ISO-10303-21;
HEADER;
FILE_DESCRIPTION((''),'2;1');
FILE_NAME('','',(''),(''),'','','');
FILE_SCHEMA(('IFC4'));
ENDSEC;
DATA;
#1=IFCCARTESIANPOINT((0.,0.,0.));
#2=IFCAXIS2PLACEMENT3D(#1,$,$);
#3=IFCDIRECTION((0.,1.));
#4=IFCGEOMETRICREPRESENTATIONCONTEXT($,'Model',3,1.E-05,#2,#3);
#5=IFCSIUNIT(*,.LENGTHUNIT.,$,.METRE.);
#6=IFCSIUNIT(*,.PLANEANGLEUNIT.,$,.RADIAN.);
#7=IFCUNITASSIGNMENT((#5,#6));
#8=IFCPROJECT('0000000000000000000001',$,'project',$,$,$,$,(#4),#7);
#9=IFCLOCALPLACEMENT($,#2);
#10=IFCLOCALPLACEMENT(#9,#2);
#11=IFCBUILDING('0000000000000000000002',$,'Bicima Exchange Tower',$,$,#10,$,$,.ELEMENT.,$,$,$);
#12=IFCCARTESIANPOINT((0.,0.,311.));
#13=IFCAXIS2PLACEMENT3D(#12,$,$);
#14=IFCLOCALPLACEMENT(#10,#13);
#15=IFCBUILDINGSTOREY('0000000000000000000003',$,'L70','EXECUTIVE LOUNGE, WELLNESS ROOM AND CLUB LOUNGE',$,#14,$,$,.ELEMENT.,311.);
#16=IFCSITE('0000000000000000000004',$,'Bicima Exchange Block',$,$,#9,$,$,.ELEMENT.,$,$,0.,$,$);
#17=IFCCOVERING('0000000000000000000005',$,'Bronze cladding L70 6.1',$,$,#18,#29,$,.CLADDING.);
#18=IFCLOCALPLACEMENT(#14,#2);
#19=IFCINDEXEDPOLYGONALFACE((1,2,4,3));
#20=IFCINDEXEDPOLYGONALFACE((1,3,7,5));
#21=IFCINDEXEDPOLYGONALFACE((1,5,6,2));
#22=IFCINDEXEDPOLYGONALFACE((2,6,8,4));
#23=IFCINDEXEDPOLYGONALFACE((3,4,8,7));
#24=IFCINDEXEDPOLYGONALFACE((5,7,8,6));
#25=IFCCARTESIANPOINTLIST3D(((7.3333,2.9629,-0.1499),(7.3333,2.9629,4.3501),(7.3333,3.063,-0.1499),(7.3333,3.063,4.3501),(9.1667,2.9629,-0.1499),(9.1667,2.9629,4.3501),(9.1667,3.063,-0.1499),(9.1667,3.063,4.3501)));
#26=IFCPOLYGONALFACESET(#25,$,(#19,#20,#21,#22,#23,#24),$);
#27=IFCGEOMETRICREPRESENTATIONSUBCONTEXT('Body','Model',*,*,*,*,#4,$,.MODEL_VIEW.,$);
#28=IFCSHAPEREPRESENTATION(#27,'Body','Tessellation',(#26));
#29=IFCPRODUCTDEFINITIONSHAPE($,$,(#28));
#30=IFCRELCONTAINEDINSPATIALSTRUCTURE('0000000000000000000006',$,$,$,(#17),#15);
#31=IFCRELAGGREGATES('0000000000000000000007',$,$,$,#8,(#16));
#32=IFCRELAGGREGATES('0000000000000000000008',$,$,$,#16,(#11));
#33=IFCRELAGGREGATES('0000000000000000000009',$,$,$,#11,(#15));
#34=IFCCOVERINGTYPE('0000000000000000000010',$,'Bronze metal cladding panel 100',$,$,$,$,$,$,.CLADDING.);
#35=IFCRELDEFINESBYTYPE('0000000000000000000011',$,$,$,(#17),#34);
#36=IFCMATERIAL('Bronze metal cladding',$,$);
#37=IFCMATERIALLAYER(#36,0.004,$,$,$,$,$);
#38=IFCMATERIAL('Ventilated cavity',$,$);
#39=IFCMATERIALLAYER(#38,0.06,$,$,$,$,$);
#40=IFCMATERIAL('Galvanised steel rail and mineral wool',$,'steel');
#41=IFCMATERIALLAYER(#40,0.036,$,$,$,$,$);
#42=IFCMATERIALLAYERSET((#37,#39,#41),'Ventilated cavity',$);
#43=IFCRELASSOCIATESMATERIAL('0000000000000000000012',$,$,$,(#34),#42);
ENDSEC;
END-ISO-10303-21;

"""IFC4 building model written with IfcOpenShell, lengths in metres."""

from ifc_helpers import new_model, si_unit, direction, frame, origin, origin_2d, place, context, subcontext, project, spatial, rectangle, extrude, material, layer, layer_set, type_object, element, save


model = new_model("IFC4")

# Units and contexts
model_context = context("Model", 3, precision=1e-05, world=origin(), true_north=direction((0.0, 1.0)))
body_context = subcontext(model_context, "Body", "Model", "MODEL_VIEW")
ifc_project = project(units=[si_unit("LENGTHUNIT", "METRE"), si_unit("PLANEANGLEUNIT", "RADIAN")], contexts=[model_context])

# Site, building, storey
site_placement = place(None, origin())
site = spatial("IfcSite", under=ifc_project, at=site_placement, Name="Bicima Exchange Block", CompositionType="ELEMENT", RefElevation=0.0)
building_placement = place(site_placement, origin())
building = spatial("IfcBuilding", under=site, at=building_placement, Name="Bicima Exchange Tower", CompositionType="ELEMENT")
storey_placement = place(building_placement, frame((0.0, 0.0, 311.0)))
storey = spatial("IfcBuildingStorey", under=building, at=storey_placement, Name="L70", Description="EXECUTIVE LOUNGE, WELLNESS ROOM AND CLUB LOUNGE", CompositionType="ELEMENT", Elevation=311.0)

# Covering
ifc_material_1 = material(Name="Bronze metal cladding")
ifc_layer_1 = layer(ifc_material_1, 0.004)
ifc_material_2 = material(Name="Ventilated cavity")
ifc_layer_2 = layer(ifc_material_2, 0.06)
ifc_material_3 = material(Name="Galvanised steel rail and mineral wool", Category="steel")
ifc_layer_3 = layer(ifc_material_3, 0.036)
ifc_layer_set_1 = layer_set([ifc_layer_1, ifc_layer_2, ifc_layer_3], Name="Ventilated cavity")
covering_type = type_object("IfcCoveringType", Name="Bronze metal cladding panel 100", PredefinedType="CLADDING", material=ifc_layer_set_1)
covering_1_placement = place(storey_placement, frame((8.25, 3.0129, -0.1499), z_axis=(0.0, 0.0, 1.0), x_axis=(-1.0, 0.0, 0.0)))
element("IfcCovering", 1, at=covering_1_placement, inside=storey, type_object=covering_type, Name="Bronze cladding L70 6.1", PredefinedType="CLADDING", context=body_context, shape_type="SweptSolid", body=[
    extrude(rectangle(XDim=1.8335, YDim=0.1001, at=origin_2d()), origin(), (0.0, 0.0, 1.0), 4.5),
])

save(model, "model.ifc")
